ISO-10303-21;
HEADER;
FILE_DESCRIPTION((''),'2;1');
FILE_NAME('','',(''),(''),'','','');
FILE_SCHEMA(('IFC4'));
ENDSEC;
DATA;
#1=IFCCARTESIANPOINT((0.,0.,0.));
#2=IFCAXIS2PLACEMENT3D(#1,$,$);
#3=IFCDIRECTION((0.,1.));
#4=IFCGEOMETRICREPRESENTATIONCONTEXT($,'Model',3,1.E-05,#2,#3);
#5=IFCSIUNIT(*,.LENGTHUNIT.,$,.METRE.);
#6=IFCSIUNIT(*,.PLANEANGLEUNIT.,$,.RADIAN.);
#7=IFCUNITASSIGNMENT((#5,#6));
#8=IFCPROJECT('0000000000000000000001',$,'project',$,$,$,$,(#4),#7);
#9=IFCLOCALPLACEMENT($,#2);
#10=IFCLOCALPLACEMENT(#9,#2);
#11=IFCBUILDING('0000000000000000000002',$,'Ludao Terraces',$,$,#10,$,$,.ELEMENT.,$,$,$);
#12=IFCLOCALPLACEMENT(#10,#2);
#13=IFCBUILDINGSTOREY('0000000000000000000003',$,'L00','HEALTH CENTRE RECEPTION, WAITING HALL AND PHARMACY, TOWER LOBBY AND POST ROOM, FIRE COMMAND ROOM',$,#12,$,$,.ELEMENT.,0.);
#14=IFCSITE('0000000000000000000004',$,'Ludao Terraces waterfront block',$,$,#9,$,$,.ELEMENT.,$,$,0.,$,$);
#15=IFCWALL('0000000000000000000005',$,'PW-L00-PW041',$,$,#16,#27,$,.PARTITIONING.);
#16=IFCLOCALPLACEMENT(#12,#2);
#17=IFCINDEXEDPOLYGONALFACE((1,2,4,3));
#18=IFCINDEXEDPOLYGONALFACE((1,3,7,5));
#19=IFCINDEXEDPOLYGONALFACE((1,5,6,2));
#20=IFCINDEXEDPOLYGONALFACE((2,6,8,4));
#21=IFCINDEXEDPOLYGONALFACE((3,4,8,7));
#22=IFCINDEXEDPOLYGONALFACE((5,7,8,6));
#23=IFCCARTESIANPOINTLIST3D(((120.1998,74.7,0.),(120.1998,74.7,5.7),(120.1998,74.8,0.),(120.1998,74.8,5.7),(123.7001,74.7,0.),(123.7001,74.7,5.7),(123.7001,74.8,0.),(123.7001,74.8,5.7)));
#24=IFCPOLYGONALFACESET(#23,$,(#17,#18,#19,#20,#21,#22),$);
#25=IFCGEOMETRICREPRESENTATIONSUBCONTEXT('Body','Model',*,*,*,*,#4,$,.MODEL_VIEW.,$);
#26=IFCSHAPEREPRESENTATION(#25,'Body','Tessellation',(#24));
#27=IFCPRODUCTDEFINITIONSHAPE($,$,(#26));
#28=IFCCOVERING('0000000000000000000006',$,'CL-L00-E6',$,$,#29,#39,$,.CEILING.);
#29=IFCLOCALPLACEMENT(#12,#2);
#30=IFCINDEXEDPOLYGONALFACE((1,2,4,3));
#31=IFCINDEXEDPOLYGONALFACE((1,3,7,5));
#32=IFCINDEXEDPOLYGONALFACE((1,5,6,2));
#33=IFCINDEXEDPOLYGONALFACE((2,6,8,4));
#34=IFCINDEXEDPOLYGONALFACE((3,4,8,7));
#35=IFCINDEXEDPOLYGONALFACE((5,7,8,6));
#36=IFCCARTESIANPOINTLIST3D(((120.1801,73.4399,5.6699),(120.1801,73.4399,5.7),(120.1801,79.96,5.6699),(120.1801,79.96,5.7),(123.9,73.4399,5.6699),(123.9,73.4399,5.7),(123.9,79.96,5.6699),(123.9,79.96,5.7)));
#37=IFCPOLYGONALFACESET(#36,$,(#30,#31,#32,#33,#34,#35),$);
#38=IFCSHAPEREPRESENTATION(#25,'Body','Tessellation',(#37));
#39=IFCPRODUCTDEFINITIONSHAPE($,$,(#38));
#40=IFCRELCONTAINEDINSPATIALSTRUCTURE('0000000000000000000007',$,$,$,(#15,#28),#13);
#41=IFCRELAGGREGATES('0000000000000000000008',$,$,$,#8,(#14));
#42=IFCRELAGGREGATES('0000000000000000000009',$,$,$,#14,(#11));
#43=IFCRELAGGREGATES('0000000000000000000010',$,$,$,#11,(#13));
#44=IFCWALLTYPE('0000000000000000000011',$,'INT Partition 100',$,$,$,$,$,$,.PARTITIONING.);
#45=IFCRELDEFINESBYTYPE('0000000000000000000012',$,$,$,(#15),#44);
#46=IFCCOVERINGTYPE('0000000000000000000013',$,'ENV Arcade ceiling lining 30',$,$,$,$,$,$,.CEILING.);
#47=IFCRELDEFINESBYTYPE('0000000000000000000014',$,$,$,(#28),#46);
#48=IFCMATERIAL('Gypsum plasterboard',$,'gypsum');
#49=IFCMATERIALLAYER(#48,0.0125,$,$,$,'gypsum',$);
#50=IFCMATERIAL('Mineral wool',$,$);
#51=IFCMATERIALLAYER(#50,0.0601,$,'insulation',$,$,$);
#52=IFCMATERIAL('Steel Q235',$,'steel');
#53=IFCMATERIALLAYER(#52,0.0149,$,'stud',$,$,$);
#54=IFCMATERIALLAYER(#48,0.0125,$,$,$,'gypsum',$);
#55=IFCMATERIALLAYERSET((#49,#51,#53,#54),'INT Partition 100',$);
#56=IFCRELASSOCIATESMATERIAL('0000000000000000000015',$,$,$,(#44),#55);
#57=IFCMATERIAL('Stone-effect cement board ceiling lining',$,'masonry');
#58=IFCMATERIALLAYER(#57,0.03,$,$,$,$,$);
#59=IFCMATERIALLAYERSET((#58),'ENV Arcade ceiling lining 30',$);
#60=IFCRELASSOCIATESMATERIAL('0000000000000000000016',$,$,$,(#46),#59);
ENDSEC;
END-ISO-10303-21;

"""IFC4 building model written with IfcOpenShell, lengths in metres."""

from ifc_helpers import new_model, si_unit, direction, frame, frame_2d, origin, origin_2d, place, context, subcontext, project, spatial, rectangle, extrude, material, layer, layer_set, type_object, element, save


model = new_model("IFC4")

# Units and contexts
model_context = context("Model", 3, precision=1e-05, world=origin(), true_north=direction((0.0, 1.0)))
body_context = subcontext(model_context, "Body", "Model", "MODEL_VIEW")
ifc_project = project(units=[si_unit("LENGTHUNIT", "METRE"), si_unit("PLANEANGLEUNIT", "RADIAN")], contexts=[model_context])

# Site, building, storey
site_placement = place(None, origin())
site = spatial("IfcSite", under=ifc_project, at=site_placement, Name="Ludao Terraces waterfront block", CompositionType="ELEMENT", RefElevation=0.0)
building_placement = place(site_placement, origin())
building = spatial("IfcBuilding", under=site, at=building_placement, Name="Ludao Terraces", CompositionType="ELEMENT")
storey_placement = place(building_placement, origin())
storey = spatial("IfcBuildingStorey", under=building, at=storey_placement, Name="L00", Description="HEALTH CENTRE RECEPTION, WAITING HALL AND PHARMACY, TOWER LOBBY AND POST ROOM, FIRE COMMAND ROOM", CompositionType="ELEMENT", Elevation=0.0)

# Wall
ifc_material_1 = material(Name="Gypsum plasterboard", Category="gypsum")
ifc_layer_1 = layer(ifc_material_1, 0.0125, Category="gypsum")
ifc_material_2 = material(Name="Mineral wool")
ifc_layer_2 = layer(ifc_material_2, 0.0601, Name="insulation")
ifc_material_3 = material(Name="Steel Q235", Category="steel")
ifc_layer_3 = layer(ifc_material_3, 0.0149, Name="stud")
ifc_layer_4 = layer(ifc_material_1, 0.0125, Category="gypsum")
ifc_layer_set_1 = layer_set([ifc_layer_1, ifc_layer_2, ifc_layer_3, ifc_layer_4], Name="INT Partition 100")
wall_type = type_object("IfcWallType", Name="INT Partition 100", PredefinedType="PARTITIONING", material=ifc_layer_set_1)
wall_placement = place(storey_placement, frame((120.2, 74.75, 0.0), z_axis=(0.0, 0.0, 1.0), x_axis=(1.0, 0.0, 0.0)))
element("IfcWall", 1, at=wall_placement, inside=storey, type_object=wall_type, Name="PW-L00-PW041", PredefinedType="PARTITIONING", context=body_context, shape_type="SweptSolid", body=[
    extrude(rectangle(XDim=3.5002, YDim=0.1001, at=frame_2d((1.75, 0.0))), origin(), (0.0, 0.0, 1.0), 5.7),
])

# Covering
ifc_material_4 = material(Name="Stone-effect cement board ceiling lining", Category="masonry")
ifc_layer_5 = layer(ifc_material_4, 0.03)
ifc_layer_set_2 = layer_set([ifc_layer_5], Name="ENV Arcade ceiling lining 30")
covering_type = type_object("IfcCoveringType", Name="ENV Arcade ceiling lining 30", PredefinedType="CEILING", material=ifc_layer_set_2)
covering_placement = place(storey_placement, frame((122.04, 76.7, 5.6699), z_axis=(0.0, 0.0, 1.0), x_axis=(1.0, 0.0, 0.0)))
element("IfcCovering", 2, at=covering_placement, inside=storey, type_object=covering_type, Name="CL-L00-E6", PredefinedType="CEILING", context=body_context, shape_type="SweptSolid", body=[
    extrude(rectangle(XDim=3.72, YDim=6.52, at=origin_2d()), origin(), (0.0, 0.0, 1.0), 0.03),
])

save(model, "model.ifc")
